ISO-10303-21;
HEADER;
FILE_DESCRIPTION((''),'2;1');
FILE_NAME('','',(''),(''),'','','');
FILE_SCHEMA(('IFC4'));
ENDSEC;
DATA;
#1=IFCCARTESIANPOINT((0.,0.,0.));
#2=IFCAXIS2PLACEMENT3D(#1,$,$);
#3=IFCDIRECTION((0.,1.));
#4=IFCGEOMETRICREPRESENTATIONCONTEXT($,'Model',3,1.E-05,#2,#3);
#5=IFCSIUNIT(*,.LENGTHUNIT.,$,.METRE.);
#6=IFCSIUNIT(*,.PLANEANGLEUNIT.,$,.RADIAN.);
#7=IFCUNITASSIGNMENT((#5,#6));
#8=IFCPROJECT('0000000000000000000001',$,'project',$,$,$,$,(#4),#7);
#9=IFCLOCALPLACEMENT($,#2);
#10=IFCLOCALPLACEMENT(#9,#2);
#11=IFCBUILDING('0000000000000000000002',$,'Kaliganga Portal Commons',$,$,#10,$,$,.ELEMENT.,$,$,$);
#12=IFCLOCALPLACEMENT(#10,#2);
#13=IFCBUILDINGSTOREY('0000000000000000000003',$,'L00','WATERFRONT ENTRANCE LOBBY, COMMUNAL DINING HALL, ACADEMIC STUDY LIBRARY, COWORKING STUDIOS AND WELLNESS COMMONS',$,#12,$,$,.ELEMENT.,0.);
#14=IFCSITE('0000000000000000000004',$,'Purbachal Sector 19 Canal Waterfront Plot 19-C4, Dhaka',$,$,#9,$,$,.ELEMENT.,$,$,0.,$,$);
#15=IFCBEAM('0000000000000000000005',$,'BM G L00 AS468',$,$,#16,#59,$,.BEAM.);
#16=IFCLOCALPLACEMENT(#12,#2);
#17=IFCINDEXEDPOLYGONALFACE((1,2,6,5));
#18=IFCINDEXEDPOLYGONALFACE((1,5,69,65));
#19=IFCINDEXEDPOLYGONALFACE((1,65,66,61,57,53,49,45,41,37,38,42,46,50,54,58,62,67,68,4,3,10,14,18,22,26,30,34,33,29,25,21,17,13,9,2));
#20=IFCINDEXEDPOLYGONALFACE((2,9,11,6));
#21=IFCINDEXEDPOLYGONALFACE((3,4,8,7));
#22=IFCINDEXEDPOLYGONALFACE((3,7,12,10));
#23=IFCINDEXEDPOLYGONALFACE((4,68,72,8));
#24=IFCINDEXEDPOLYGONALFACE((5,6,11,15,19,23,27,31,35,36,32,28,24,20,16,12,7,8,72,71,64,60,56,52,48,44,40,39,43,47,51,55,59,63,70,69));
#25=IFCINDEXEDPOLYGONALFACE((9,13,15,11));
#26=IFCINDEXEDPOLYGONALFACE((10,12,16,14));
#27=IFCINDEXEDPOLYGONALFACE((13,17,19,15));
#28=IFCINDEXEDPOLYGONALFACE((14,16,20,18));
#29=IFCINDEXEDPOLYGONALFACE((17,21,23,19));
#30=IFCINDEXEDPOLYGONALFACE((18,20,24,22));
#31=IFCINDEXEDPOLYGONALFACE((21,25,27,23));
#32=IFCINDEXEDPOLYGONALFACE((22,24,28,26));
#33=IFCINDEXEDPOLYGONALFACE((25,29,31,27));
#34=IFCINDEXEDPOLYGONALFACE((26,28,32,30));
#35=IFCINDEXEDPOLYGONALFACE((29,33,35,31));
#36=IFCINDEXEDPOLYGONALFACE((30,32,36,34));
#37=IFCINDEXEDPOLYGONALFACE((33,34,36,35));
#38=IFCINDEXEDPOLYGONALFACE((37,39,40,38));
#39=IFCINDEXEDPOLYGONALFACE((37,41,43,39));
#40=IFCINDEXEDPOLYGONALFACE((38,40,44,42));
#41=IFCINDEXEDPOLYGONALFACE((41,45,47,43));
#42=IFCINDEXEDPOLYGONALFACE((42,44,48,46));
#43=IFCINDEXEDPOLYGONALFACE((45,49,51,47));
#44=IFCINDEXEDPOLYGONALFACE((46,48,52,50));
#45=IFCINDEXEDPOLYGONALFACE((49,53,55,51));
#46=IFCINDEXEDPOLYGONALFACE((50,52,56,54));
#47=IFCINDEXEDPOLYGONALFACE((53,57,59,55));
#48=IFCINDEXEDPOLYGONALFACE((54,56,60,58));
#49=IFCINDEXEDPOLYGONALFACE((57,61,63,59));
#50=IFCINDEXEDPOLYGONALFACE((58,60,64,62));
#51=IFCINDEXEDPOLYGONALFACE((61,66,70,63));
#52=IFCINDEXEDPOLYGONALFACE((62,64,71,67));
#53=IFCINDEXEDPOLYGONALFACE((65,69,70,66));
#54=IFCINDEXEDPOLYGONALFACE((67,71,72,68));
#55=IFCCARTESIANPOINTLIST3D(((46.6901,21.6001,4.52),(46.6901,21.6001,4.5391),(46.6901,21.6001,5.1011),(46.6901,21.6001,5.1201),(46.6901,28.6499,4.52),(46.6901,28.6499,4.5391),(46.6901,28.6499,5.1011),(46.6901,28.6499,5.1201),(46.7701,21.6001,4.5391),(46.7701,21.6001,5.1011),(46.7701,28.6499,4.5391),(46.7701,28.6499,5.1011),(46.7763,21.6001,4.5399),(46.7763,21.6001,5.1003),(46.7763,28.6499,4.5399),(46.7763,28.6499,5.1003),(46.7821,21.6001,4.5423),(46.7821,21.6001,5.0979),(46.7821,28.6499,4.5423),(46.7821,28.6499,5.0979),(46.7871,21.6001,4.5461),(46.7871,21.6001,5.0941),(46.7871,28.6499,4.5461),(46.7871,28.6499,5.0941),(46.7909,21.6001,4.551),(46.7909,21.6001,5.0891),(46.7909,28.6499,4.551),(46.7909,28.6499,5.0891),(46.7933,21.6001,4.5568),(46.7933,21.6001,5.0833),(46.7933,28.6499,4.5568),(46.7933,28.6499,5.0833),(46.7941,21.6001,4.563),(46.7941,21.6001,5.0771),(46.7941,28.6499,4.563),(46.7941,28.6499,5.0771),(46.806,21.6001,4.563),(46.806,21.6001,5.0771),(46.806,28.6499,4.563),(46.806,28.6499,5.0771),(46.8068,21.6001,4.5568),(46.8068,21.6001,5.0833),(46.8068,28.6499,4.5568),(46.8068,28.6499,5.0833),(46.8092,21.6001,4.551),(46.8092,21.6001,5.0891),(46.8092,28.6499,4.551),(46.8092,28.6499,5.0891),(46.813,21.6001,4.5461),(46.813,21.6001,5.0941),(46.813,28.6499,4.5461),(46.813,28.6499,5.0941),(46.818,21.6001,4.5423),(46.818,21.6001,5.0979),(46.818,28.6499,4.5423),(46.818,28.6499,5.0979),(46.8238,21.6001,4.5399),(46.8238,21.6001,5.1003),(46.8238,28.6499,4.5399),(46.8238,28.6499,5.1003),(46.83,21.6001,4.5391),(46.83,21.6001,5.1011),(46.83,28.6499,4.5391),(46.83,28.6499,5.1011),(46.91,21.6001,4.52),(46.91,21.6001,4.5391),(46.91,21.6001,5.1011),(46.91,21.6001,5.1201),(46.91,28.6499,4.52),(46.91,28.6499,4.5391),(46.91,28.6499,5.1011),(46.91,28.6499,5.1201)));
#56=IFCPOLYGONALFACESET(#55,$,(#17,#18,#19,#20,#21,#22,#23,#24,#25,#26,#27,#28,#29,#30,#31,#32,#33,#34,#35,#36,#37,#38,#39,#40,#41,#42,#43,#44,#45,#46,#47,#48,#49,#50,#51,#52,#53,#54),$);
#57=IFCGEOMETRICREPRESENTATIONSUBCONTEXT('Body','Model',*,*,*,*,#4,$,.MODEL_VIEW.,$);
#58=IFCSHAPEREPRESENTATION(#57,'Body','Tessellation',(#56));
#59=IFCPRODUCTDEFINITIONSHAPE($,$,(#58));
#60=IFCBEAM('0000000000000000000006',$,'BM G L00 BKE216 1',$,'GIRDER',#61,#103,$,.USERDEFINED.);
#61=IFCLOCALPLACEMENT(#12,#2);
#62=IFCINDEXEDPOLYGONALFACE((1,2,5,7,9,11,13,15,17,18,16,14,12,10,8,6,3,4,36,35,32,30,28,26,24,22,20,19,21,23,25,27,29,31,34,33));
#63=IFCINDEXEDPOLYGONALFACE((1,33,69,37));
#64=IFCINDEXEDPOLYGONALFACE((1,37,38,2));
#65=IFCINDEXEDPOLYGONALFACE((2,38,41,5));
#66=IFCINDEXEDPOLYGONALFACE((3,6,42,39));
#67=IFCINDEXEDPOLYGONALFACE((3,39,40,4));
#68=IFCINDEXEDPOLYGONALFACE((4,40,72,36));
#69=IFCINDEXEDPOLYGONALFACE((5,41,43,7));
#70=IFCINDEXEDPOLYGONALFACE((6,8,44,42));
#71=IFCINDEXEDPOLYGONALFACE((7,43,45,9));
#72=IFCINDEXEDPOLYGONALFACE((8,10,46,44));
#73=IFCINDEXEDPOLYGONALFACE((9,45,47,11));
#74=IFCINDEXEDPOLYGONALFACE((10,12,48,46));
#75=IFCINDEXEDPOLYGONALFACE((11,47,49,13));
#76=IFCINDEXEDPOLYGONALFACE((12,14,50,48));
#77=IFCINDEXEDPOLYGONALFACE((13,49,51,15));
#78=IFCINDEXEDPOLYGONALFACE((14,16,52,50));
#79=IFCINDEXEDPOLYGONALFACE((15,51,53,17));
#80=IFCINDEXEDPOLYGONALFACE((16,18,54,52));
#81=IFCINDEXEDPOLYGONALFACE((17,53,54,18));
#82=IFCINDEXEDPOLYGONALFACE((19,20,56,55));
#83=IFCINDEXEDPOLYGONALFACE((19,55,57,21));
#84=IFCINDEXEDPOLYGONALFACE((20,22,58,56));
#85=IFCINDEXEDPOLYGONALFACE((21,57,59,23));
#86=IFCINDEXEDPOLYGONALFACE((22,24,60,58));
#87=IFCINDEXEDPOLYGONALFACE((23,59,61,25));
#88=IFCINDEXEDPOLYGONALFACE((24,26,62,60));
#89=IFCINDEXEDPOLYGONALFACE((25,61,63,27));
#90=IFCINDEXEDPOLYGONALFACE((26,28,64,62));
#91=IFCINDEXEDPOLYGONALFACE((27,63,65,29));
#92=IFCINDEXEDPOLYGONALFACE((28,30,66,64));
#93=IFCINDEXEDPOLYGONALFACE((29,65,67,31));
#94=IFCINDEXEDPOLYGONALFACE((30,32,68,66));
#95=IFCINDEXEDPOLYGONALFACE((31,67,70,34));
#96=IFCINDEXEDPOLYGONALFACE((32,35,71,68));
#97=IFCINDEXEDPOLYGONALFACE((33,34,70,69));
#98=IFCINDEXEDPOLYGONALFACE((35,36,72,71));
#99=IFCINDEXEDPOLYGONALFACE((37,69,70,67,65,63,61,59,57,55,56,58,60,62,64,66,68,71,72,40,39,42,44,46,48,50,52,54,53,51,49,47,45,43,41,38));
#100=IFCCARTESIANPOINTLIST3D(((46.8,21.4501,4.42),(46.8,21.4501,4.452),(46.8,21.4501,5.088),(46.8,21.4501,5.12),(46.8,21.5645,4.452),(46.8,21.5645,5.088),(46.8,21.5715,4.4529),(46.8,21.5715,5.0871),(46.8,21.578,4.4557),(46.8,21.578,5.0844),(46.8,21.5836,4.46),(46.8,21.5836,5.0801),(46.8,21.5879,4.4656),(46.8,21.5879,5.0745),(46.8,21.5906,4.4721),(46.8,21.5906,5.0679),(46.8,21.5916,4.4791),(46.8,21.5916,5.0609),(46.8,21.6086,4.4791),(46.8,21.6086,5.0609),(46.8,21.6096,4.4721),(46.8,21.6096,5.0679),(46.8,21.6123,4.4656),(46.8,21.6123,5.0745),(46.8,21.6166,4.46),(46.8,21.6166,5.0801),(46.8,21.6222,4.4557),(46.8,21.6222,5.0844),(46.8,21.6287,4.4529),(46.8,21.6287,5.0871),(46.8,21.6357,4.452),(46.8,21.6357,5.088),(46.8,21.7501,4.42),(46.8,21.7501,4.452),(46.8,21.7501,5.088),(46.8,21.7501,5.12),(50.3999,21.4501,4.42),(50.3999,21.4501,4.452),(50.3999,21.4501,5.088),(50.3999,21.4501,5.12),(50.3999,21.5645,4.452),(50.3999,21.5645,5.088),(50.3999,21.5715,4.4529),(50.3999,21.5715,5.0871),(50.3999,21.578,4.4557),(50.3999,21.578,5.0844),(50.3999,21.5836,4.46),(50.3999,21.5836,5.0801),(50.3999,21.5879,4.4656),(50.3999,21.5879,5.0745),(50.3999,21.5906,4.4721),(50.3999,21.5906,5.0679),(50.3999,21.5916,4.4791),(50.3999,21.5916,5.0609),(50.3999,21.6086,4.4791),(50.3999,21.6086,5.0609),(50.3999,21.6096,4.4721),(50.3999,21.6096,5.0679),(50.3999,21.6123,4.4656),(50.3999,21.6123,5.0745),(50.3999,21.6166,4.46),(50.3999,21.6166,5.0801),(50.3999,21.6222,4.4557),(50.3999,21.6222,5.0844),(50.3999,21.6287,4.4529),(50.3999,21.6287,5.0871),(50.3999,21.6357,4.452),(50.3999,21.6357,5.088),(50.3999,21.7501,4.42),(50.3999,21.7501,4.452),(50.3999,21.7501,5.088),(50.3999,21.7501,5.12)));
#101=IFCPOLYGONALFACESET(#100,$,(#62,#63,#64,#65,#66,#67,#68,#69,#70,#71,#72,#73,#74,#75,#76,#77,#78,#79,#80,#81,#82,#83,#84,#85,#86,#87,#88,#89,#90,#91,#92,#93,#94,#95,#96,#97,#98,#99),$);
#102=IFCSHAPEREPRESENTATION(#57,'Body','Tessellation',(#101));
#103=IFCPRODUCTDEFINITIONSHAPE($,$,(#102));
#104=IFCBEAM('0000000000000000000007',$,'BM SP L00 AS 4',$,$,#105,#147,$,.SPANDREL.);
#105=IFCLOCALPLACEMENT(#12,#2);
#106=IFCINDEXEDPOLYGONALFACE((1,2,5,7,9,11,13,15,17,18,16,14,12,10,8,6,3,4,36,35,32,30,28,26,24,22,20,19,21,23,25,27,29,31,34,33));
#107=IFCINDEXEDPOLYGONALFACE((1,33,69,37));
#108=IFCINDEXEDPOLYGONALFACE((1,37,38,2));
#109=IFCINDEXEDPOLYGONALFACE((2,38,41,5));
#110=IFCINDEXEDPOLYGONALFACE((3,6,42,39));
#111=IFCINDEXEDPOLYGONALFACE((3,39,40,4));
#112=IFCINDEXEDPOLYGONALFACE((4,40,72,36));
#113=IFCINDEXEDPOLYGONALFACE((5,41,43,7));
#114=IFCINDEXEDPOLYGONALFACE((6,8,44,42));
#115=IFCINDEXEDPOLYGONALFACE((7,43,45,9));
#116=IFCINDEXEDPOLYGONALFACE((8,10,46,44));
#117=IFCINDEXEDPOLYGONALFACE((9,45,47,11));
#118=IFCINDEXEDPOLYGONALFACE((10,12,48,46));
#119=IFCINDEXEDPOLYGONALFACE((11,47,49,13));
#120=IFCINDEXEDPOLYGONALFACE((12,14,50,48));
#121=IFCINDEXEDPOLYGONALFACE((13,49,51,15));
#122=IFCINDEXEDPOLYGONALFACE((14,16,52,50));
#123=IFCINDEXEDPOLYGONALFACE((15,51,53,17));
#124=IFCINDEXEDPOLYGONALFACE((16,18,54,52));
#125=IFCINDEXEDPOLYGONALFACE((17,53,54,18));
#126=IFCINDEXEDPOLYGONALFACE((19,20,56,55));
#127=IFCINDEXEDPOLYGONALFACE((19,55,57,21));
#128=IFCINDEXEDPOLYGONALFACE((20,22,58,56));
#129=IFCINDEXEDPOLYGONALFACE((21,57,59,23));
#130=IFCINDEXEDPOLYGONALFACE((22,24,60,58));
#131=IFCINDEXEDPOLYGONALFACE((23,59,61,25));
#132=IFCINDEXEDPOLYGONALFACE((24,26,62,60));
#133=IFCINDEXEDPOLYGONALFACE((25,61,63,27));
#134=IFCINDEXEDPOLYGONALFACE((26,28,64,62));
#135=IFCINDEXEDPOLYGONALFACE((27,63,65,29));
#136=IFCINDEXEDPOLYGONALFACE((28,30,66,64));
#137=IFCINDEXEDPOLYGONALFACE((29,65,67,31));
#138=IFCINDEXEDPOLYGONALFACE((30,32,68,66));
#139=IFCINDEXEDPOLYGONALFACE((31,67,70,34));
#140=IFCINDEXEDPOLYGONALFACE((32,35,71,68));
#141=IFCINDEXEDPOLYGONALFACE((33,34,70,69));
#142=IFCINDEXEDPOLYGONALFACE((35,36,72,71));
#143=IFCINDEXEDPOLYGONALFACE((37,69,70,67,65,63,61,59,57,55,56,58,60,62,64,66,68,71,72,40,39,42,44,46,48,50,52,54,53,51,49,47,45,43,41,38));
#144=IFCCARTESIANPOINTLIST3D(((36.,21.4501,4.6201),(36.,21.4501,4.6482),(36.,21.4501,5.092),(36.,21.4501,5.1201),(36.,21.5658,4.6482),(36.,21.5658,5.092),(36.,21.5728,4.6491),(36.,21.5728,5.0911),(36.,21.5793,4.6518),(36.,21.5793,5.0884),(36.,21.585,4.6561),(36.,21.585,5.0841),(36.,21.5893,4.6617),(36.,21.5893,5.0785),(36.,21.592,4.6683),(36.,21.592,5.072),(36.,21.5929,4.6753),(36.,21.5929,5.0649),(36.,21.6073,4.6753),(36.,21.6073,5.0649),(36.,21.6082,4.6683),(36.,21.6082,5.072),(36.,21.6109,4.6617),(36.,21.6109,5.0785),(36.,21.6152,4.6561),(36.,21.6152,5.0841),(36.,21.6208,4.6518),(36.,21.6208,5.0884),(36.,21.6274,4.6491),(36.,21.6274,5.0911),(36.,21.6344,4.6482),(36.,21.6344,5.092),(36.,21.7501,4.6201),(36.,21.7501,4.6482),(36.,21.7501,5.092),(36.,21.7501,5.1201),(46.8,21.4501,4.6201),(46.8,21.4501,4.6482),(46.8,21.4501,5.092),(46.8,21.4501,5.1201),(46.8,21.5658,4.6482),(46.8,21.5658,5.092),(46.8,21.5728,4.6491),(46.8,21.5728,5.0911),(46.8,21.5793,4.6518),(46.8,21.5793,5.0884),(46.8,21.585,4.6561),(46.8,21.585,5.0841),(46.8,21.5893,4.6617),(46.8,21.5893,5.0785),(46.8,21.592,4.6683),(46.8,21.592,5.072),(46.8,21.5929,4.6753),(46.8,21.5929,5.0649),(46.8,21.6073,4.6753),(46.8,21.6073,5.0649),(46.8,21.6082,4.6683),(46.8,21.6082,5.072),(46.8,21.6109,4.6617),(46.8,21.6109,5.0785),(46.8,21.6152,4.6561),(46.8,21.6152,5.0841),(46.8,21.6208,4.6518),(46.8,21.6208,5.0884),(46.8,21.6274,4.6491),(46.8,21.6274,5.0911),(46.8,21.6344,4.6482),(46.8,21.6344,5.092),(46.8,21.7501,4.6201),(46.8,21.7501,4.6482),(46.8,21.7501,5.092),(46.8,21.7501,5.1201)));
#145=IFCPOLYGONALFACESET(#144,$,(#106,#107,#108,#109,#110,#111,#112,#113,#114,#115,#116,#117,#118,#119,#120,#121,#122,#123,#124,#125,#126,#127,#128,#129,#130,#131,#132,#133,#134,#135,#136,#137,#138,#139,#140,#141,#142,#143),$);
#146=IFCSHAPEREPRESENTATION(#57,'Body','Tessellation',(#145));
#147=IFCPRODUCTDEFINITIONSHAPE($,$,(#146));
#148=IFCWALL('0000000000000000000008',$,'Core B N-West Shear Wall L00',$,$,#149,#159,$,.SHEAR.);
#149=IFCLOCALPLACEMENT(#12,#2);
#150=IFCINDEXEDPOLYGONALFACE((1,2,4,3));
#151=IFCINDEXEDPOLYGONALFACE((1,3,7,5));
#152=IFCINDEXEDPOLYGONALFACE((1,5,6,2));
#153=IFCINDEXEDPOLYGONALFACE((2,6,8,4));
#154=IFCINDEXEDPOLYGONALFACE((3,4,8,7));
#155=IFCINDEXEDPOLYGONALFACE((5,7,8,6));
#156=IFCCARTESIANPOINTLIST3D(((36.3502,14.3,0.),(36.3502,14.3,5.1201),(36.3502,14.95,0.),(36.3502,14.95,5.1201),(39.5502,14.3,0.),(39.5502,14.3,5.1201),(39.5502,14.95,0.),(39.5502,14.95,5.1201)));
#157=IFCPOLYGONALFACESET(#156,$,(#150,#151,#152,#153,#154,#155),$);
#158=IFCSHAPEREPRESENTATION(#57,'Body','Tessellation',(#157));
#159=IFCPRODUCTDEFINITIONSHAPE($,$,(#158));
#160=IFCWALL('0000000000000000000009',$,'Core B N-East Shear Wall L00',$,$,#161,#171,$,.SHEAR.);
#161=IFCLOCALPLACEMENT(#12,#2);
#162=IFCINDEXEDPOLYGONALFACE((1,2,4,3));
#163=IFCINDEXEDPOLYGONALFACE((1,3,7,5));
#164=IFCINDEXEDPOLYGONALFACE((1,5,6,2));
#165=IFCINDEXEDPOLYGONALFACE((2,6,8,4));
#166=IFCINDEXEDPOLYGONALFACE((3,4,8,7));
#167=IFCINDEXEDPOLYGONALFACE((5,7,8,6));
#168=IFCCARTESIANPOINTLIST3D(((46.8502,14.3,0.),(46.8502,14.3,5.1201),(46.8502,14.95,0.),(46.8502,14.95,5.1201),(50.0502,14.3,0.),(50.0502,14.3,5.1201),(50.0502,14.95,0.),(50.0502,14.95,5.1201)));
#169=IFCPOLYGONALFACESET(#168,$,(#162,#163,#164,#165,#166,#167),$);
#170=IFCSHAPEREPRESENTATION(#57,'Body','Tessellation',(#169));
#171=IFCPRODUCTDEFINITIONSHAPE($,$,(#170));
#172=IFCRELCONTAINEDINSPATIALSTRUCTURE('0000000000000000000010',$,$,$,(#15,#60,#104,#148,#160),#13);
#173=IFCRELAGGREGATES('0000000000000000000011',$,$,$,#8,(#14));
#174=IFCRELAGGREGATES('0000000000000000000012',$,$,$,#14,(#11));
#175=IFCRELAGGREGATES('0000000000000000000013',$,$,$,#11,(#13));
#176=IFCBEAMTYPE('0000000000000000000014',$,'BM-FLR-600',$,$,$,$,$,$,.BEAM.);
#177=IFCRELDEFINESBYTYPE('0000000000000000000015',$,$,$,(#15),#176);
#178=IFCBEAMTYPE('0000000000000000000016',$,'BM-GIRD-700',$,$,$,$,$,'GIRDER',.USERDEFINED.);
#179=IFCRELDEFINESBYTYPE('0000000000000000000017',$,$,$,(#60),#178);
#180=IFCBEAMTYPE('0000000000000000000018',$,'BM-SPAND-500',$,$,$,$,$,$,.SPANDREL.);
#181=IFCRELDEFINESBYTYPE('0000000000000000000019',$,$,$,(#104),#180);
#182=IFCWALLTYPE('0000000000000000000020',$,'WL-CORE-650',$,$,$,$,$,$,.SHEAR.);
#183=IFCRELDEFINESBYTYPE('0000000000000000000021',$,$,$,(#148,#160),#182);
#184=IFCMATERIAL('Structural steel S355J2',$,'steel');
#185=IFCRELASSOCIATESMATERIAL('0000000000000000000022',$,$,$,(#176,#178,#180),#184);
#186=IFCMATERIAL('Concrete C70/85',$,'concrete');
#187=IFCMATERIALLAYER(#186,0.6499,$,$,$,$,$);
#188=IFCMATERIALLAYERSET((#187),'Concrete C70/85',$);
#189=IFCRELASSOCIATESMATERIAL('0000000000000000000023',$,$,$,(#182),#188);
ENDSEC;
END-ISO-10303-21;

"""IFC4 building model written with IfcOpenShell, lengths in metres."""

from ifc_helpers import new_model, si_unit, direction, frame, frame_2d, origin, origin_2d, place, context, subcontext, project, spatial, rectangle, i_section, extrude, source, transform, mapped, material, layer, layer_set, material_profile, profile_set, type_object, element, save


model = new_model("IFC4")

# Units and contexts
model_context = context("Model", 3, precision=1e-05, world=origin(), true_north=direction((0.0, 1.0)))
body_context = subcontext(model_context, "Body", "Model", "MODEL_VIEW")
ifc_project = project(units=[si_unit("LENGTHUNIT", "METRE"), si_unit("PLANEANGLEUNIT", "RADIAN")], contexts=[model_context])

# Site, building, storey
site_placement = place(None, origin())
site = spatial("IfcSite", under=ifc_project, at=site_placement, Name="Purbachal Sector 19 Canal Waterfront Plot 19-C4, Dhaka", CompositionType="ELEMENT", RefElevation=0.0)
building_placement = place(site_placement, origin())
building = spatial("IfcBuilding", under=site, at=building_placement, Name="Kaliganga Portal Commons", CompositionType="ELEMENT")
storey_placement = place(building_placement, origin())
storey = spatial("IfcBuildingStorey", under=building, at=storey_placement, Name="L00", Description="WATERFRONT ENTRANCE LOBBY, COMMUNAL DINING HALL, ACADEMIC STUDY LIBRARY, COWORKING STUDIOS AND WELLNESS COMMONS", CompositionType="ELEMENT", Elevation=0.0)

# Shared definitions
ifc_material_1 = material(Name="Concrete C70/85", Category="concrete")

# Beams
ifc_material_2 = material(Name="Structural steel S355J2", Category="steel")
ifc_material_profile_1 = material_profile(ifc_material_2, i_section(OverallWidth=0.22, OverallDepth=0.6001, WebThickness=0.012, FlangeThickness=0.019, FilletRadius=0.0239, at=origin_2d()), Name="IPE 600")
ifc_profile_set_1 = profile_set([ifc_material_profile_1], Name="Structural steel S355J2 wide-flange")
beam_type_1 = type_object("IfcBeamType", Name="BM-FLR-600", PredefinedType="BEAM", material=ifc_profile_set_1)
shared_shape_1 = source(origin(), body_context, "Body", "SweptSolid", [
    extrude(i_section(OverallWidth=0.22, OverallDepth=0.6001, WebThickness=0.012, FlangeThickness=0.019, FilletRadius=0.0239, at=origin_2d()), origin(), (0.0, 0.0, 1.0), 7.0498),
])
for number, where, z_axis, x_axis, name in (
    (1, (46.8, 21.6001, 4.8201), (0.0, 1.0, 0.0), (-1.0, 0.0, 0.0), "BM G L00 AS468"),
):
    element("IfcBeam", number, at=place(storey_placement, frame(where, z_axis=z_axis, x_axis=x_axis)), inside=storey, type_object=beam_type_1, Name=name, PredefinedType="BEAM", context=body_context, shape_type="MappedRepresentation", body=[
        mapped(shared_shape_1, transform((0.0, 0.0, 0.0), x_axis=(1.0, 0.0, 0.0), y_axis=(0.0, 1.0, 0.0), z_axis=(0.0, 0.0, 1.0), scale=1.0)),
    ])
ifc_material_profile_2 = material_profile(ifc_material_2, i_section(OverallWidth=0.3, OverallDepth=0.7, WebThickness=0.0171, FlangeThickness=0.032, FilletRadius=0.0271, at=origin_2d()), Name="HE 700 B")
ifc_profile_set_2 = profile_set([ifc_material_profile_2], Name="Structural steel S355J2 wide-flange")
beam_type_2 = type_object("IfcBeamType", Name="BM-GIRD-700", ElementType="GIRDER", PredefinedType="USERDEFINED", material=ifc_profile_set_2)
shared_shape_2 = source(origin(), body_context, "Body", "SweptSolid", [
    extrude(i_section(OverallWidth=0.3, OverallDepth=0.7, WebThickness=0.0171, FlangeThickness=0.032, FilletRadius=0.0271, at=origin_2d()), origin(), (0.0, 0.0, 1.0), 3.5999),
])
beam_1_placement = place(storey_placement, frame((46.8, 21.6001, 4.77), z_axis=(1.0, 0.0, 0.0), x_axis=(0.0, 1.0, 0.0)))
element("IfcBeam", 2, at=beam_1_placement, inside=storey, type_object=beam_type_2, Name="BM G L00 BKE216 1", ObjectType="GIRDER", PredefinedType="USERDEFINED", context=body_context, shape_type="MappedRepresentation", body=[
    mapped(shared_shape_2, transform((0.0, 0.0, 0.0), x_axis=(1.0, 0.0, 0.0), y_axis=(0.0, 1.0, 0.0), z_axis=(0.0, 0.0, 1.0), scale=1.0)),
])
ifc_material_profile_3 = material_profile(ifc_material_2, i_section(OverallWidth=0.3, OverallDepth=0.5, WebThickness=0.0144, FlangeThickness=0.0281, FilletRadius=0.0271, at=origin_2d()), Name="HE 500 B")
ifc_profile_set_3 = profile_set([ifc_material_profile_3], Name="Structural steel S355J2 wide-flange")
beam_type_3 = type_object("IfcBeamType", Name="BM-SPAND-500", PredefinedType="SPANDREL", material=ifc_profile_set_3)
shared_shape_3 = source(origin(), body_context, "Body", "SweptSolid", [
    extrude(i_section(OverallWidth=0.3, OverallDepth=0.5, WebThickness=0.0144, FlangeThickness=0.0281, FilletRadius=0.0271, at=origin_2d()), origin(), (0.0, 0.0, 1.0), 10.8),
])
beam_2_placement = place(storey_placement, frame((36.0, 21.6001, 4.8701), z_axis=(1.0, 0.0, 0.0), x_axis=(0.0, 1.0, 0.0)))
element("IfcBeam", 3, at=beam_2_placement, inside=storey, type_object=beam_type_3, Name="BM SP L00 AS 4", PredefinedType="SPANDREL", context=body_context, shape_type="MappedRepresentation", body=[
    mapped(shared_shape_3, transform((0.0, 0.0, 0.0), x_axis=(1.0, 0.0, 0.0), y_axis=(0.0, 1.0, 0.0), z_axis=(0.0, 0.0, 1.0), scale=1.0)),
])

# Walls
ifc_layer_1 = layer(ifc_material_1, 0.6499)
ifc_layer_set_1 = layer_set([ifc_layer_1], Name="Concrete C70/85")
wall_type_1 = type_object("IfcWallType", Name="WL-CORE-650", PredefinedType="SHEAR", material=ifc_layer_set_1)
for number, where, z_axis, x_axis, name in (
    (4, (36.3501, 14.625, 0.0), (0.0, 0.0, 1.0), (1.0, 0.0, 0.0), "Core B N-West Shear Wall L00"),
    (5, (46.8501, 14.625, 0.0), (0.0, 0.0, 1.0), (1.0, 0.0, 0.0), "Core B N-East Shear Wall L00"),
):
    element("IfcWall", number, at=place(storey_placement, frame(where, z_axis=z_axis, x_axis=x_axis)), inside=storey, type_object=wall_type_1, Name=name, PredefinedType="SHEAR", context=body_context, shape_type="SweptSolid", body=[
        extrude(rectangle(XDim=3.2, YDim=0.6499, at=frame_2d((1.6001, 0.0))), origin(), (0.0, 0.0, 1.0), 5.1201),
    ])

save(model, "model.ifc")
